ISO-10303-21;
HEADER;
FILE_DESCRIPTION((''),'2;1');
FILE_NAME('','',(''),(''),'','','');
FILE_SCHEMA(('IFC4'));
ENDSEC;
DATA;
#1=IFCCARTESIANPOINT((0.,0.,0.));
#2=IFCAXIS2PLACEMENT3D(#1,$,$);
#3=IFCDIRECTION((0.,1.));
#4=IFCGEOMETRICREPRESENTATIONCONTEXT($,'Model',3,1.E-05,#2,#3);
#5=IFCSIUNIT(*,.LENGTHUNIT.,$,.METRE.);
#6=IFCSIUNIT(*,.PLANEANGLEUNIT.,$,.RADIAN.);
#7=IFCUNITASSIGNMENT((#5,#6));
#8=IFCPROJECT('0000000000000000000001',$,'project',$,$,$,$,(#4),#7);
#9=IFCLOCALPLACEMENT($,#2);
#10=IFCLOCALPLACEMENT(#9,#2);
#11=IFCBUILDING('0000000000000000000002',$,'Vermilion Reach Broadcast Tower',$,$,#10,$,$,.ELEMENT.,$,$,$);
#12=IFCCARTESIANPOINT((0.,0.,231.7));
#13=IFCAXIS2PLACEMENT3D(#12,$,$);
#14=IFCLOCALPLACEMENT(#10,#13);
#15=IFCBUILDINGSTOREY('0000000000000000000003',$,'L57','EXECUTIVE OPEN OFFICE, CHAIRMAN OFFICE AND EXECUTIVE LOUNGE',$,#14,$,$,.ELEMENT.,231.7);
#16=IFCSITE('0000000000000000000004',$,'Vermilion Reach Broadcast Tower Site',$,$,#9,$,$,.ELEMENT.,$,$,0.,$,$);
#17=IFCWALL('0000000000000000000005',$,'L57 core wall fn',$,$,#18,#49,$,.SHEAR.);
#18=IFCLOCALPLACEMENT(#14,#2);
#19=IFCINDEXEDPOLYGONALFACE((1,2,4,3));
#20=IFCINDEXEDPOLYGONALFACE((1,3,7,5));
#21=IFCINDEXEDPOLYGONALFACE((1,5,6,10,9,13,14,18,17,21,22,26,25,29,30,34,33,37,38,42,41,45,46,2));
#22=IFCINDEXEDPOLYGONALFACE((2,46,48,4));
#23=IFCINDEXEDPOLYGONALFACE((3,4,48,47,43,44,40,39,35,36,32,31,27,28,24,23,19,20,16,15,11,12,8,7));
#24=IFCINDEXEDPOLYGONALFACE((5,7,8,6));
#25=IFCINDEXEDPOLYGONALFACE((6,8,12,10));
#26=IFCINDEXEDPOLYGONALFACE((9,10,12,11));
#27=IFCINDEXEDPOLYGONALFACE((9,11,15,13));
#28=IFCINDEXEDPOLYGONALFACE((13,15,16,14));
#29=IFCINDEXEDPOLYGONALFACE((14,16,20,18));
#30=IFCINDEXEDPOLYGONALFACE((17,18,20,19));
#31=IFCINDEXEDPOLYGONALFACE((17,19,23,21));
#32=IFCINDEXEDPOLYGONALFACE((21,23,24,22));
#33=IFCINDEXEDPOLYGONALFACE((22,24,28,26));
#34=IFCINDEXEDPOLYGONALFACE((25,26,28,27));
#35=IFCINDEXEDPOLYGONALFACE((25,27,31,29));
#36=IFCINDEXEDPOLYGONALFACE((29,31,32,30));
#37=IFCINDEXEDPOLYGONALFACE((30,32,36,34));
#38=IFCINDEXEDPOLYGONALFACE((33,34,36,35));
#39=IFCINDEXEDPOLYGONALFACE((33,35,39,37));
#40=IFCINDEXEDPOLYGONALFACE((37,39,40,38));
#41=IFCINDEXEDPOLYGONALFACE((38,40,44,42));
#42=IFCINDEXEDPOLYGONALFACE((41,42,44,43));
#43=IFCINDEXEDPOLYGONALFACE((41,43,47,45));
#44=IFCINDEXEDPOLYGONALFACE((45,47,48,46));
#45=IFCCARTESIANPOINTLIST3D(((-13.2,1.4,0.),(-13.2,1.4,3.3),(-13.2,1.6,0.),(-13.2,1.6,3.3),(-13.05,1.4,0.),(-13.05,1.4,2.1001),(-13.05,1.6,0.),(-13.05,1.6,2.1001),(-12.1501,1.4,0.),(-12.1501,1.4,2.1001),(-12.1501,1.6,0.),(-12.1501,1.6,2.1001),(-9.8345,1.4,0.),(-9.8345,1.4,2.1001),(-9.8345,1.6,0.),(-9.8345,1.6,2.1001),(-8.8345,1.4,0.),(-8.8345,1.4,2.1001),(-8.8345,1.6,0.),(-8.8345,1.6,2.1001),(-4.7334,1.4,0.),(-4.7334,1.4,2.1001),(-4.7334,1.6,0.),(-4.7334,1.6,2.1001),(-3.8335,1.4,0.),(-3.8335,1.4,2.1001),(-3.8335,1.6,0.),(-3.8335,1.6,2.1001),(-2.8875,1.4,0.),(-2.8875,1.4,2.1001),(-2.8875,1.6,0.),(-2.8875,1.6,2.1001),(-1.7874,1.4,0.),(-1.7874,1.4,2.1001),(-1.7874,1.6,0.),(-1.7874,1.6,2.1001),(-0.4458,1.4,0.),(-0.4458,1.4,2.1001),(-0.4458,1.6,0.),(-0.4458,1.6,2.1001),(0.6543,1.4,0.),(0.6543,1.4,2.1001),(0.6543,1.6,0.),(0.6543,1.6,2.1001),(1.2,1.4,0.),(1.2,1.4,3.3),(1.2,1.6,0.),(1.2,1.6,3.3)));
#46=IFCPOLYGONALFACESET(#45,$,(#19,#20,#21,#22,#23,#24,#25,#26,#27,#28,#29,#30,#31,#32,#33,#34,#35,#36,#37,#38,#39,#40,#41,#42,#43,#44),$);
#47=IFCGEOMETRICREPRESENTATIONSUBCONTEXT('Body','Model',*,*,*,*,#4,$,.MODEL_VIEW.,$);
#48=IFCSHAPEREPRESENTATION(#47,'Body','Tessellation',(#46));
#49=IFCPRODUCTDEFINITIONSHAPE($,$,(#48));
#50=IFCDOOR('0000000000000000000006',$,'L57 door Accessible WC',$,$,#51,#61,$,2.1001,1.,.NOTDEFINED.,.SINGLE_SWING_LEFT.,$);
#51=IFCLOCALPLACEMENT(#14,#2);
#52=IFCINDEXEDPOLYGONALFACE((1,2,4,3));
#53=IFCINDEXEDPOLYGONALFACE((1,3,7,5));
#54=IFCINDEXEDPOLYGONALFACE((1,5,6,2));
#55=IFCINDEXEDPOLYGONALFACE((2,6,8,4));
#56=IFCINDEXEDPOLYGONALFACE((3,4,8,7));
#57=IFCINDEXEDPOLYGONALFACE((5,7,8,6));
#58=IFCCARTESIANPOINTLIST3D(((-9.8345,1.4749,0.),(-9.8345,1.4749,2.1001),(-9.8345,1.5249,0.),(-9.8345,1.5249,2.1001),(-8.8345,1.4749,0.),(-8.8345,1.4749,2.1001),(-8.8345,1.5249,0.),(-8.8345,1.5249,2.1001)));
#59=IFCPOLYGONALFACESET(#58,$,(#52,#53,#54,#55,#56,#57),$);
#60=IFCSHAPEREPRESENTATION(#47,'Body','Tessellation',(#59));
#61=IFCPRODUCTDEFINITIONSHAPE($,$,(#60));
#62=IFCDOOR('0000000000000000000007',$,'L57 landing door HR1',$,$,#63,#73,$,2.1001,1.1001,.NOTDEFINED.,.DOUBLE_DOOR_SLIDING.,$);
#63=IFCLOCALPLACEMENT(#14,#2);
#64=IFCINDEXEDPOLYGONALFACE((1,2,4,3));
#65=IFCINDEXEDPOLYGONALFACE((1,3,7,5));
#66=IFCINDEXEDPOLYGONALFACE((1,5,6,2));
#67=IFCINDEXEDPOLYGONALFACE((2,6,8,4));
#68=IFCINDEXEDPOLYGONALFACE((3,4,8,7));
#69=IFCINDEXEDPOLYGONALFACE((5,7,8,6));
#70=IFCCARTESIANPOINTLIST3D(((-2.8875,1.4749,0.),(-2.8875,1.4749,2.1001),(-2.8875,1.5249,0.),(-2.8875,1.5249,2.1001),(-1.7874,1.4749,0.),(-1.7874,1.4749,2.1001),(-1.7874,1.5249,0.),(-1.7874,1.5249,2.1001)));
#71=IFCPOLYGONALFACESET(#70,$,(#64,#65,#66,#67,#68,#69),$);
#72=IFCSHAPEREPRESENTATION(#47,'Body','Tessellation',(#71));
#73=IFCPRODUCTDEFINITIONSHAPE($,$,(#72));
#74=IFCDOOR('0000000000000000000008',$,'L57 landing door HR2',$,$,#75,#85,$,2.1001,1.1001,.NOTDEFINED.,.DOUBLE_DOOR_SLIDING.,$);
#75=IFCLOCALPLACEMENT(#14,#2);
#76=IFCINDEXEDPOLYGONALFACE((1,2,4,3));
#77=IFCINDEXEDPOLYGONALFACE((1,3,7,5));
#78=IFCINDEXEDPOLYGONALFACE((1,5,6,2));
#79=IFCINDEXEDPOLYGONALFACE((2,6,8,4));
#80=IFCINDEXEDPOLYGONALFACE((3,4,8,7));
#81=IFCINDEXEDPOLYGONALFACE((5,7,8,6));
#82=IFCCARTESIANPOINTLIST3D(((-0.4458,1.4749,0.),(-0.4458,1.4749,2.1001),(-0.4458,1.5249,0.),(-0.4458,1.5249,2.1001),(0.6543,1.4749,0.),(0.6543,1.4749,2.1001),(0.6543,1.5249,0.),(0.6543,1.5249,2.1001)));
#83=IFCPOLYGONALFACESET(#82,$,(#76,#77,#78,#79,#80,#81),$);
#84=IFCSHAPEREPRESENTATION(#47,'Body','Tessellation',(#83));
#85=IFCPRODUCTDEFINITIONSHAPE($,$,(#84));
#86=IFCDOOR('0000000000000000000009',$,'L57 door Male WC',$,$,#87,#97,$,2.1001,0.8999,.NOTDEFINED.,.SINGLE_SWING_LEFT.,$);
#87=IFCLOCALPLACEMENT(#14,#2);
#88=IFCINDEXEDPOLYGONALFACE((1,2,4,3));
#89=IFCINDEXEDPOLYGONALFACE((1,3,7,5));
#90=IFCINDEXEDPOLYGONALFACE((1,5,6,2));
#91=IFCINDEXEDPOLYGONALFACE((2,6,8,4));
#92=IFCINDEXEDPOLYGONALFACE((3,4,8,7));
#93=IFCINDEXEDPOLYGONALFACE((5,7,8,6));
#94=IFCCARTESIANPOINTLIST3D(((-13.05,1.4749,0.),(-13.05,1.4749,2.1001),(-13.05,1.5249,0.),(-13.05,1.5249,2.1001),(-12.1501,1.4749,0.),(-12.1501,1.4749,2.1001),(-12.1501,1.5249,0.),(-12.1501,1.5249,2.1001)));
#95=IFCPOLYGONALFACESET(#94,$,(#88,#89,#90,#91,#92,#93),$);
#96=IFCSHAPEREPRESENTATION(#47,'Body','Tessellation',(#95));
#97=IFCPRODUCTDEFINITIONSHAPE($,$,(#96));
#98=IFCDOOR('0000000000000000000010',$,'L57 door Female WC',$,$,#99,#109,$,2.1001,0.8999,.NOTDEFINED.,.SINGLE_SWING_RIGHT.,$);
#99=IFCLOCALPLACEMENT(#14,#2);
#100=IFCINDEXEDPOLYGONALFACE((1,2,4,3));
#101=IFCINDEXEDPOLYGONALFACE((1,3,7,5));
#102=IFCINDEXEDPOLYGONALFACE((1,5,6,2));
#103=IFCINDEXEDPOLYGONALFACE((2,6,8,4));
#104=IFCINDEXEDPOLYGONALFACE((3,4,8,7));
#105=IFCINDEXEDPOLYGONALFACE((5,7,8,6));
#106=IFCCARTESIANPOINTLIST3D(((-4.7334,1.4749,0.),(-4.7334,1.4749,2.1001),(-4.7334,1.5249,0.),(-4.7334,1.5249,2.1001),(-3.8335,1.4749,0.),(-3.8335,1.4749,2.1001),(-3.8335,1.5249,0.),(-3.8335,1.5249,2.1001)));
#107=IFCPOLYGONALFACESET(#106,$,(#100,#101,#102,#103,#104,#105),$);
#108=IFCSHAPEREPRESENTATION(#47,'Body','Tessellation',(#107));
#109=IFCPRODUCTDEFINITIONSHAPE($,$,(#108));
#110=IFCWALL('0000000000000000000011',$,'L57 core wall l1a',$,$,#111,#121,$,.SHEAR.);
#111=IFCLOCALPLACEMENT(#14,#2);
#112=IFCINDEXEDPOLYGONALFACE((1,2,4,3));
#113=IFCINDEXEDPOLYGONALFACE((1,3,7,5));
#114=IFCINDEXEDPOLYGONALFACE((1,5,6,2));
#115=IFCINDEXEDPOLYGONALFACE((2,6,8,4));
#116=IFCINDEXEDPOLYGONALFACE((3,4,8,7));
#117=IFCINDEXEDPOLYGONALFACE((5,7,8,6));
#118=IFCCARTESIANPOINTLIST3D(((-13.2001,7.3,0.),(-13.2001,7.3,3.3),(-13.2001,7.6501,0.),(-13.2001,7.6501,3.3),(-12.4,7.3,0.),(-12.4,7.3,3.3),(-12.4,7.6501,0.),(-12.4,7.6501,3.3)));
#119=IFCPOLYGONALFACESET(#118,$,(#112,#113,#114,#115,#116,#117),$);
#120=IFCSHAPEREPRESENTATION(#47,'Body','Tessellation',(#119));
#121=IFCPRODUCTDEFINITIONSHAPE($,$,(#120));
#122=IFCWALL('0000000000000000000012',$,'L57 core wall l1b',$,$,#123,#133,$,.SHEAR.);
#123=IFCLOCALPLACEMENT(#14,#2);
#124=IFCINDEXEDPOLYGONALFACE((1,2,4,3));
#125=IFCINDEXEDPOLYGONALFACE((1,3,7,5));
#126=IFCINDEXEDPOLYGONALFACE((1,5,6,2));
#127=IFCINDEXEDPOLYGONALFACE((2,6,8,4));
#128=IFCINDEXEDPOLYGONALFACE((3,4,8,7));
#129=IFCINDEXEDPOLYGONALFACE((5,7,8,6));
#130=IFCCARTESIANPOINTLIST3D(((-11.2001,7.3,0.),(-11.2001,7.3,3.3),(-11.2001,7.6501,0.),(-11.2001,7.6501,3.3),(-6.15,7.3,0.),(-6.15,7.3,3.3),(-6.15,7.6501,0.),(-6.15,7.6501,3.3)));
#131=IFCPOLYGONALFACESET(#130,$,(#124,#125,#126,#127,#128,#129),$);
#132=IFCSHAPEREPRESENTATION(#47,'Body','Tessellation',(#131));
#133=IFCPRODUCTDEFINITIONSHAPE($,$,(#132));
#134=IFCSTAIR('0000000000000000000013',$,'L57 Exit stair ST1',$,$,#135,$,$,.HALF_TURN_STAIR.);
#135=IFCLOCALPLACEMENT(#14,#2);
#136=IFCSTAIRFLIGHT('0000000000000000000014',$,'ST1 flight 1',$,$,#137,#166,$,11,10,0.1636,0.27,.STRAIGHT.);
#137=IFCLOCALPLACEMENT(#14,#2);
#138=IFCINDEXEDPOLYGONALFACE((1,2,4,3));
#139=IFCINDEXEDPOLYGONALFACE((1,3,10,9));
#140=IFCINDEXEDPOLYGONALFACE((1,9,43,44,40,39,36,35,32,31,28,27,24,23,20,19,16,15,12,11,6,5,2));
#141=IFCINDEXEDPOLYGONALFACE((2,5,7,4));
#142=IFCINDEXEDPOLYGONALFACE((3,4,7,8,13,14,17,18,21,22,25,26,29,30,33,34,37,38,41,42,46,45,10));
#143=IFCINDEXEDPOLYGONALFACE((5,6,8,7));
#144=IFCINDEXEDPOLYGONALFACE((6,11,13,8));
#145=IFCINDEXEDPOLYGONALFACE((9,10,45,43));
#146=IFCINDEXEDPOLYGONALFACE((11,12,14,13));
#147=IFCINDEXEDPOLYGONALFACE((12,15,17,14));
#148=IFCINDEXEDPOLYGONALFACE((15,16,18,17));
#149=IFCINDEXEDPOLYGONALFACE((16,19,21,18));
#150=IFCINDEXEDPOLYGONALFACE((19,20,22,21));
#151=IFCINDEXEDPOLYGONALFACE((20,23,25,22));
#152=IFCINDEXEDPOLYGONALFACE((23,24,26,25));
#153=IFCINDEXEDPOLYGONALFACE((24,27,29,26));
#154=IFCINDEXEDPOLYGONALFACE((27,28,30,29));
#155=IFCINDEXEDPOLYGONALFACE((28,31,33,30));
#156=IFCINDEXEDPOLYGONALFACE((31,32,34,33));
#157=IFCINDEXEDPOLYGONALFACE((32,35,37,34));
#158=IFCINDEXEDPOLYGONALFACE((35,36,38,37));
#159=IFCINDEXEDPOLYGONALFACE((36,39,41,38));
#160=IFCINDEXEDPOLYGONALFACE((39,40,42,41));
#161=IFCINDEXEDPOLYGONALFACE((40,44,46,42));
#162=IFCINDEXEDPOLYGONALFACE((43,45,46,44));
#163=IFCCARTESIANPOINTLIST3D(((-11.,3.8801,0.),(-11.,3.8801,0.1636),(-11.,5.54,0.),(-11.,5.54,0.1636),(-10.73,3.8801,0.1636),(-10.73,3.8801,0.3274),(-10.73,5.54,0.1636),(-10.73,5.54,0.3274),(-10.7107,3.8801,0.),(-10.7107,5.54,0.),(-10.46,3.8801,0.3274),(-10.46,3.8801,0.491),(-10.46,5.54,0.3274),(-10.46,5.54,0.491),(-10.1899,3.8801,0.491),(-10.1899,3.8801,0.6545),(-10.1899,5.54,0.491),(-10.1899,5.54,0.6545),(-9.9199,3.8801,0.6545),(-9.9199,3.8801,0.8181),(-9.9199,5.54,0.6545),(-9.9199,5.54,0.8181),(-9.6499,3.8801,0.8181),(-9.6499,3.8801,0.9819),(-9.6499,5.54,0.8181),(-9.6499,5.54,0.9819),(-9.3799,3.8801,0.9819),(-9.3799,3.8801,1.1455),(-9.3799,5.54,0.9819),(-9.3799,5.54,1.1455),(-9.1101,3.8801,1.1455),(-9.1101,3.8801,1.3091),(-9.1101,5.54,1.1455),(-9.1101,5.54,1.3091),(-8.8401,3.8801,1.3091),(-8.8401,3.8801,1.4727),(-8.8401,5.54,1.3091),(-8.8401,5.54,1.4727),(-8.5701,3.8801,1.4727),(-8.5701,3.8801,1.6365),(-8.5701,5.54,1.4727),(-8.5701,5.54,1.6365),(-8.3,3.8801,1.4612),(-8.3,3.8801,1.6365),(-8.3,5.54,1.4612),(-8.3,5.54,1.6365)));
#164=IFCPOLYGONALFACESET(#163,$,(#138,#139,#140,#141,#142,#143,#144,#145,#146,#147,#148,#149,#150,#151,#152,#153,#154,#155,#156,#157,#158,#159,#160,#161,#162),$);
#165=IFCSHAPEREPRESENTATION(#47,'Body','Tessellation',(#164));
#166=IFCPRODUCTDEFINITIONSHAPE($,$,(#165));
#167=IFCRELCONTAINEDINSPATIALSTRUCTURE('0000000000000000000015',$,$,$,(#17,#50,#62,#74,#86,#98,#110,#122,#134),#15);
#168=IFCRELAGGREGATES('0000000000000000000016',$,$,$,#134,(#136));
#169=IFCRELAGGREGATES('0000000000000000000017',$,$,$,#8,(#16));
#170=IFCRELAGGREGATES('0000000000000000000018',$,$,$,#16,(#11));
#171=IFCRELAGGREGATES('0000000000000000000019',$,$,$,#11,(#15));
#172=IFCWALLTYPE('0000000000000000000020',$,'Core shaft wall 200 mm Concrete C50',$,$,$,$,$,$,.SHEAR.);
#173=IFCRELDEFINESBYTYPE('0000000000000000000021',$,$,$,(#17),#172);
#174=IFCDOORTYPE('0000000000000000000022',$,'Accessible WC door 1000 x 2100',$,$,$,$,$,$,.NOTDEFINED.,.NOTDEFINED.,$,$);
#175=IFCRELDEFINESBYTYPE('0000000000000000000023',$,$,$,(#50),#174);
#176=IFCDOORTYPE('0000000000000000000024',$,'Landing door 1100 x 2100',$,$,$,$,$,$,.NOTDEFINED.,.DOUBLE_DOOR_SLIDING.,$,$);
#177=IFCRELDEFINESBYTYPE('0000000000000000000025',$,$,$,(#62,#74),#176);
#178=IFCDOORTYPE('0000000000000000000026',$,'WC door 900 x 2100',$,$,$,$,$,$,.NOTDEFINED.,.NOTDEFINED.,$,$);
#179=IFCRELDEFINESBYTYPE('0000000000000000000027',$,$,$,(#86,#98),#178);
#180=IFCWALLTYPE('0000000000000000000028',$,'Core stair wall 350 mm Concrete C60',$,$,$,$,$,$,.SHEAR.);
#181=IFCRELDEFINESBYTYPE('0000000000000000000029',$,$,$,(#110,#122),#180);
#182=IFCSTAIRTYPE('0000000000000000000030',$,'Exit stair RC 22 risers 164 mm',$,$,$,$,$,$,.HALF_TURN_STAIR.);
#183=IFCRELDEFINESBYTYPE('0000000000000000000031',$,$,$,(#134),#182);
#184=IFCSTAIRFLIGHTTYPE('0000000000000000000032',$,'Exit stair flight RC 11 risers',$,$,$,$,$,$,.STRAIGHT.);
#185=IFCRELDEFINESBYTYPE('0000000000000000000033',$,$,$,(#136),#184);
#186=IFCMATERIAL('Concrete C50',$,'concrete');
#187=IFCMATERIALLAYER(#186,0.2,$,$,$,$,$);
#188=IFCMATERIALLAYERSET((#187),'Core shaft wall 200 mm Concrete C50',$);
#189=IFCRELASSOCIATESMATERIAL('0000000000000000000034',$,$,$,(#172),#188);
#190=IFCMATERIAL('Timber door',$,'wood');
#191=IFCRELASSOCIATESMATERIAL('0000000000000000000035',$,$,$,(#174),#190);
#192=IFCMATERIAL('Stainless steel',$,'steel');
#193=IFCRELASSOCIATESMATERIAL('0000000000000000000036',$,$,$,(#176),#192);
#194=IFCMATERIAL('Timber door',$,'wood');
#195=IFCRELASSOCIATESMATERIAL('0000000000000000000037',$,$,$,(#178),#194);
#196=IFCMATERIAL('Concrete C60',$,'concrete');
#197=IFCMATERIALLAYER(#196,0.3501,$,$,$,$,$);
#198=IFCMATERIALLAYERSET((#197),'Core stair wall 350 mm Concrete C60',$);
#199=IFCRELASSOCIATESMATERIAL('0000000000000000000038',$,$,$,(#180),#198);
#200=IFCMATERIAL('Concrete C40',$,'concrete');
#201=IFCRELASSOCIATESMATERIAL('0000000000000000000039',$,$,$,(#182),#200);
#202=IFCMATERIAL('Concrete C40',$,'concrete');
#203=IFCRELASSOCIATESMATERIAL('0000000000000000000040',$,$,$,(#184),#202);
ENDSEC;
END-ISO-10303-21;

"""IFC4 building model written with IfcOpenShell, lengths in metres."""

from ifc_helpers import new_model, si_unit, direction, frame, frame_2d, origin, place, context, subcontext, project, spatial, polyline, rectangle, outline, extrude, material, layer, layer_set, type_object, element, fill, aggregate, save


model = new_model("IFC4")

# Units and contexts
model_context = context("Model", 3, precision=1e-05, world=origin(), true_north=direction((0.0, 1.0)))
body_context = subcontext(model_context, "Body", "Model", "MODEL_VIEW")
ifc_project = project(units=[si_unit("LENGTHUNIT", "METRE"), si_unit("PLANEANGLEUNIT", "RADIAN")], contexts=[model_context])

# Site, building, storey
site_placement = place(None, origin())
site = spatial("IfcSite", under=ifc_project, at=site_placement, Name="Vermilion Reach Broadcast Tower Site", CompositionType="ELEMENT", RefElevation=0.0)
building_placement = place(site_placement, origin())
building = spatial("IfcBuilding", under=site, at=building_placement, Name="Vermilion Reach Broadcast Tower", CompositionType="ELEMENT")
storey_placement = place(building_placement, frame((0.0, 0.0, 231.7)))
storey = spatial("IfcBuildingStorey", under=building, at=storey_placement, Name="L57", Description="EXECUTIVE OPEN OFFICE, CHAIRMAN OFFICE AND EXECUTIVE LOUNGE", CompositionType="ELEMENT", Elevation=231.7)

# Wall, openings, doors
ifc_material_1 = material(Name="Concrete C50", Category="concrete")
ifc_layer_1 = layer(ifc_material_1, 0.2)
ifc_layer_set_1 = layer_set([ifc_layer_1], Name="Core shaft wall 200 mm Concrete C50")
wall_type_1 = type_object("IfcWallType", Name="Core shaft wall 200 mm Concrete C50", PredefinedType="SHEAR", material=ifc_layer_set_1)
wall_1_placement = place(storey_placement, frame((-13.2, 1.5, 0.0), z_axis=(0.0, 0.0, 1.0), x_axis=(1.0, 0.0, 0.0)))
wall_1 = element("IfcWall", 1, at=wall_1_placement, inside=storey, type_object=wall_type_1, Name="L57 core wall fn", PredefinedType="SHEAR", context=body_context, shape_type="SweptSolid", body=[
    extrude(rectangle(XDim=14.3999, YDim=0.2, at=frame_2d((7.2, 0.0))), origin(), (0.0, 0.0, 1.0), 3.3),
])
opening_1_placement = place(wall_1_placement, frame((10.3125, 0.0, 0.0)))
opening_1 = element("IfcOpeningElement", 2, at=opening_1_placement, cuts=wall_1, PredefinedType="OPENING", context=body_context, shape_type="SweptSolid", body=[
    extrude(rectangle(XDim=1.1001, YDim=2.1001, at=frame_2d((0.55, 1.05))), frame((0.0, 0.1099, 0.0), z_axis=(0.0, -1.0, 0.0), x_axis=(1.0, 0.0, 0.0)), (0.0, 0.0, 1.0), 0.22),
])
opening_2_placement = place(wall_1_placement, frame((12.7542, 0.0, 0.0)))
opening_2 = element("IfcOpeningElement", 3, at=opening_2_placement, cuts=wall_1, PredefinedType="OPENING", context=body_context, shape_type="SweptSolid", body=[
    extrude(rectangle(XDim=1.1001, YDim=2.1001, at=frame_2d((0.55, 1.05))), frame((0.0, 0.1099, 0.0), z_axis=(0.0, -1.0, 0.0), x_axis=(1.0, 0.0, 0.0)), (0.0, 0.0, 1.0), 0.22),
])
opening_3_placement = place(wall_1_placement, frame((0.1499, 0.0, 0.0)))
opening_3 = element("IfcOpeningElement", 4, at=opening_3_placement, cuts=wall_1, PredefinedType="OPENING", context=body_context, shape_type="SweptSolid", body=[
    extrude(rectangle(XDim=0.8999, YDim=2.1001, at=frame_2d((0.45, 1.05))), frame((0.0, 0.1099, 0.0), z_axis=(0.0, -1.0, 0.0), x_axis=(1.0, 0.0, 0.0)), (0.0, 0.0, 1.0), 0.22),
])
opening_4_placement = place(wall_1_placement, frame((3.3655, 0.0, 0.0)))
opening_4 = element("IfcOpeningElement", 5, at=opening_4_placement, cuts=wall_1, PredefinedType="OPENING", context=body_context, shape_type="SweptSolid", body=[
    extrude(rectangle(XDim=1.0, YDim=2.1001, at=frame_2d((0.5, 1.05))), frame((0.0, 0.1099, 0.0), z_axis=(0.0, -1.0, 0.0), x_axis=(1.0, 0.0, 0.0)), (0.0, 0.0, 1.0), 0.22),
])
opening_5_placement = place(wall_1_placement, frame((8.4666, 0.0, 0.0)))
opening_5 = element("IfcOpeningElement", 6, at=opening_5_placement, cuts=wall_1, PredefinedType="OPENING", context=body_context, shape_type="SweptSolid", body=[
    extrude(rectangle(XDim=0.8999, YDim=2.1001, at=frame_2d((0.45, 1.05))), frame((0.0, 0.1099, 0.0), z_axis=(0.0, -1.0, 0.0), x_axis=(1.0, 0.0, 0.0)), (0.0, 0.0, 1.0), 0.22),
])
ifc_material_2 = material(Name="Timber door", Category="wood")
door_type_1 = type_object("IfcDoorType", Name="Accessible WC door 1000 x 2100", OperationType="NOTDEFINED", PredefinedType="NOTDEFINED", material=ifc_material_2)
door_1_placement = place(opening_4_placement, origin())
door_1 = element("IfcDoor", 7, at=door_1_placement, inside=storey, type_object=door_type_1, Name="L57 door Accessible WC", OperationType="SINGLE_SWING_LEFT", OverallHeight=2.1001, OverallWidth=1.0, PredefinedType="NOTDEFINED", context=body_context, shape_type="SweptSolid", body=[
    extrude(rectangle(XDim=1.0, YDim=2.1001, at=frame_2d((0.5, 1.05))), frame((0.0, 0.0249, 0.0), z_axis=(0.0, -1.0, 0.0), x_axis=(1.0, 0.0, 0.0)), (0.0, 0.0, 1.0), 0.05),
])
fill(opening_4, door_1)
ifc_material_3 = material(Name="Stainless steel", Category="steel")
door_type_2 = type_object("IfcDoorType", Name="Landing door 1100 x 2100", OperationType="DOUBLE_DOOR_SLIDING", PredefinedType="NOTDEFINED", material=ifc_material_3)
door_2_placement = place(opening_1_placement, origin())
door_2 = element("IfcDoor", 8, at=door_2_placement, inside=storey, type_object=door_type_2, Name="L57 landing door HR1", OperationType="DOUBLE_DOOR_SLIDING", OverallHeight=2.1001, OverallWidth=1.1001, PredefinedType="NOTDEFINED", context=body_context, shape_type="SweptSolid", body=[
    extrude(rectangle(XDim=1.1001, YDim=2.1001, at=frame_2d((0.55, 1.05))), frame((0.0, 0.0249, 0.0), z_axis=(0.0, -1.0, 0.0), x_axis=(1.0, 0.0, 0.0)), (0.0, 0.0, 1.0), 0.05),
])
fill(opening_1, door_2)
door_3_placement = place(opening_2_placement, origin())
door_3 = element("IfcDoor", 9, at=door_3_placement, inside=storey, type_object=door_type_2, Name="L57 landing door HR2", OperationType="DOUBLE_DOOR_SLIDING", OverallHeight=2.1001, OverallWidth=1.1001, PredefinedType="NOTDEFINED", context=body_context, shape_type="SweptSolid", body=[
    extrude(rectangle(XDim=1.1001, YDim=2.1001, at=frame_2d((0.55, 1.05))), frame((0.0, 0.0249, 0.0), z_axis=(0.0, -1.0, 0.0), x_axis=(1.0, 0.0, 0.0)), (0.0, 0.0, 1.0), 0.05),
])
fill(opening_2, door_3)
ifc_material_4 = material(Name="Timber door", Category="wood")
door_type_3 = type_object("IfcDoorType", Name="WC door 900 x 2100", OperationType="NOTDEFINED", PredefinedType="NOTDEFINED", material=ifc_material_4)
door_4_placement = place(opening_3_placement, origin())
door_4 = element("IfcDoor", 10, at=door_4_placement, inside=storey, type_object=door_type_3, Name="L57 door Male WC", OperationType="SINGLE_SWING_LEFT", OverallHeight=2.1001, OverallWidth=0.8999, PredefinedType="NOTDEFINED", context=body_context, shape_type="SweptSolid", body=[
    extrude(rectangle(XDim=0.8999, YDim=2.1001, at=frame_2d((0.45, 1.05))), frame((0.0, 0.0249, 0.0), z_axis=(0.0, -1.0, 0.0), x_axis=(1.0, 0.0, 0.0)), (0.0, 0.0, 1.0), 0.05),
])
fill(opening_3, door_4)
door_5_placement = place(opening_5_placement, origin())
door_5 = element("IfcDoor", 11, at=door_5_placement, inside=storey, type_object=door_type_3, Name="L57 door Female WC", OperationType="SINGLE_SWING_RIGHT", OverallHeight=2.1001, OverallWidth=0.8999, PredefinedType="NOTDEFINED", context=body_context, shape_type="SweptSolid", body=[
    extrude(rectangle(XDim=0.8999, YDim=2.1001, at=frame_2d((0.45, 1.05))), frame((0.0, 0.0249, 0.0), z_axis=(0.0, -1.0, 0.0), x_axis=(1.0, 0.0, 0.0)), (0.0, 0.0, 1.0), 0.05),
])
fill(opening_5, door_5)

# Walls
ifc_material_5 = material(Name="Concrete C60", Category="concrete")
ifc_layer_2 = layer(ifc_material_5, 0.3501)
ifc_layer_set_2 = layer_set([ifc_layer_2], Name="Core stair wall 350 mm Concrete C60")
wall_type_2 = type_object("IfcWallType", Name="Core stair wall 350 mm Concrete C60", PredefinedType="SHEAR", material=ifc_layer_set_2)
wall_2_placement = place(storey_placement, frame((-13.2, 7.4751, 0.0), z_axis=(0.0, 0.0, 1.0), x_axis=(1.0, 0.0, 0.0)))
element("IfcWall", 12, at=wall_2_placement, inside=storey, type_object=wall_type_2, Name="L57 core wall l1a", PredefinedType="SHEAR", context=body_context, shape_type="SweptSolid", body=[
    extrude(rectangle(XDim=0.8, YDim=0.3501, at=frame_2d((0.3999, 0.0))), origin(), (0.0, 0.0, 1.0), 3.3),
])
wall_3_placement = place(storey_placement, frame((-11.2, 7.4751, 0.0), z_axis=(0.0, 0.0, 1.0), x_axis=(1.0, 0.0, 0.0)))
element("IfcWall", 13, at=wall_3_placement, inside=storey, type_object=wall_type_2, Name="L57 core wall l1b", PredefinedType="SHEAR", context=body_context, shape_type="SweptSolid", body=[
    extrude(rectangle(XDim=5.05, YDim=0.3501, at=frame_2d((2.5249, 0.0))), origin(), (0.0, 0.0, 1.0), 3.3),
])

# Stair, stair flight
ifc_material_6 = material(Name="Concrete C40", Category="concrete")
stair_type = type_object("IfcStairType", Name="Exit stair RC 22 risers 164 mm", PredefinedType="HALF_TURN_STAIR", material=ifc_material_6)
stair_placement = place(storey_placement, origin())
stair = element("IfcStair", 14, at=stair_placement, inside=storey, type_object=stair_type, Name="L57 Exit stair ST1", PredefinedType="HALF_TURN_STAIR")
ifc_material_7 = material(Name="Concrete C40", Category="concrete")
stair_flight_type = type_object("IfcStairFlightType", Name="Exit stair flight RC 11 risers", PredefinedType="STRAIGHT", material=ifc_material_7)
stair_flight_1_placement = place(storey_placement, frame((-11.0, 4.71, 0.0), z_axis=(0.0, 0.0, 1.0), x_axis=(1.0, 0.0, 0.0)))
stair_flight_1 = element("IfcStairFlight", 15, at=stair_flight_1_placement, type_object=stair_flight_type, Name="ST1 flight 1", NumberOfRisers=11, NumberOfTreads=10, PredefinedType="STRAIGHT", RiserHeight=0.1636, TreadLength=0.27, context=body_context, shape_type="SweptSolid", body=[
    extrude(outline(polyline([(0.0, 0.0), (0.0, 0.1636), (0.27, 0.1636), (0.27, 0.3274), (0.54, 0.3274), (0.54, 0.491), (0.8101, 0.491), (0.8101, 0.6545), (1.0801, 0.6545), (1.0801, 0.8181), (1.3501, 0.8181), (1.3501, 0.9819), (1.6201, 0.9819), (1.6201, 1.1455), (1.8899, 1.1455), (1.8899, 1.3091), (2.1599, 1.3091), (2.1599, 1.4727), (2.4299, 1.4727), (2.4299, 1.6365), (2.7, 1.6365), (2.7, 1.8), (2.7, 1.4612), (0.2893, 0.0), (0.0, 0.0)])), frame((0.0, 0.8301, 0.0), z_axis=(0.0, -1.0, 0.0), x_axis=(1.0, 0.0, 0.0)), (0.0, 0.0, 1.0), 1.6599),
])
aggregate(stair, [stair_flight_1])

save(model, "model.ifc")
